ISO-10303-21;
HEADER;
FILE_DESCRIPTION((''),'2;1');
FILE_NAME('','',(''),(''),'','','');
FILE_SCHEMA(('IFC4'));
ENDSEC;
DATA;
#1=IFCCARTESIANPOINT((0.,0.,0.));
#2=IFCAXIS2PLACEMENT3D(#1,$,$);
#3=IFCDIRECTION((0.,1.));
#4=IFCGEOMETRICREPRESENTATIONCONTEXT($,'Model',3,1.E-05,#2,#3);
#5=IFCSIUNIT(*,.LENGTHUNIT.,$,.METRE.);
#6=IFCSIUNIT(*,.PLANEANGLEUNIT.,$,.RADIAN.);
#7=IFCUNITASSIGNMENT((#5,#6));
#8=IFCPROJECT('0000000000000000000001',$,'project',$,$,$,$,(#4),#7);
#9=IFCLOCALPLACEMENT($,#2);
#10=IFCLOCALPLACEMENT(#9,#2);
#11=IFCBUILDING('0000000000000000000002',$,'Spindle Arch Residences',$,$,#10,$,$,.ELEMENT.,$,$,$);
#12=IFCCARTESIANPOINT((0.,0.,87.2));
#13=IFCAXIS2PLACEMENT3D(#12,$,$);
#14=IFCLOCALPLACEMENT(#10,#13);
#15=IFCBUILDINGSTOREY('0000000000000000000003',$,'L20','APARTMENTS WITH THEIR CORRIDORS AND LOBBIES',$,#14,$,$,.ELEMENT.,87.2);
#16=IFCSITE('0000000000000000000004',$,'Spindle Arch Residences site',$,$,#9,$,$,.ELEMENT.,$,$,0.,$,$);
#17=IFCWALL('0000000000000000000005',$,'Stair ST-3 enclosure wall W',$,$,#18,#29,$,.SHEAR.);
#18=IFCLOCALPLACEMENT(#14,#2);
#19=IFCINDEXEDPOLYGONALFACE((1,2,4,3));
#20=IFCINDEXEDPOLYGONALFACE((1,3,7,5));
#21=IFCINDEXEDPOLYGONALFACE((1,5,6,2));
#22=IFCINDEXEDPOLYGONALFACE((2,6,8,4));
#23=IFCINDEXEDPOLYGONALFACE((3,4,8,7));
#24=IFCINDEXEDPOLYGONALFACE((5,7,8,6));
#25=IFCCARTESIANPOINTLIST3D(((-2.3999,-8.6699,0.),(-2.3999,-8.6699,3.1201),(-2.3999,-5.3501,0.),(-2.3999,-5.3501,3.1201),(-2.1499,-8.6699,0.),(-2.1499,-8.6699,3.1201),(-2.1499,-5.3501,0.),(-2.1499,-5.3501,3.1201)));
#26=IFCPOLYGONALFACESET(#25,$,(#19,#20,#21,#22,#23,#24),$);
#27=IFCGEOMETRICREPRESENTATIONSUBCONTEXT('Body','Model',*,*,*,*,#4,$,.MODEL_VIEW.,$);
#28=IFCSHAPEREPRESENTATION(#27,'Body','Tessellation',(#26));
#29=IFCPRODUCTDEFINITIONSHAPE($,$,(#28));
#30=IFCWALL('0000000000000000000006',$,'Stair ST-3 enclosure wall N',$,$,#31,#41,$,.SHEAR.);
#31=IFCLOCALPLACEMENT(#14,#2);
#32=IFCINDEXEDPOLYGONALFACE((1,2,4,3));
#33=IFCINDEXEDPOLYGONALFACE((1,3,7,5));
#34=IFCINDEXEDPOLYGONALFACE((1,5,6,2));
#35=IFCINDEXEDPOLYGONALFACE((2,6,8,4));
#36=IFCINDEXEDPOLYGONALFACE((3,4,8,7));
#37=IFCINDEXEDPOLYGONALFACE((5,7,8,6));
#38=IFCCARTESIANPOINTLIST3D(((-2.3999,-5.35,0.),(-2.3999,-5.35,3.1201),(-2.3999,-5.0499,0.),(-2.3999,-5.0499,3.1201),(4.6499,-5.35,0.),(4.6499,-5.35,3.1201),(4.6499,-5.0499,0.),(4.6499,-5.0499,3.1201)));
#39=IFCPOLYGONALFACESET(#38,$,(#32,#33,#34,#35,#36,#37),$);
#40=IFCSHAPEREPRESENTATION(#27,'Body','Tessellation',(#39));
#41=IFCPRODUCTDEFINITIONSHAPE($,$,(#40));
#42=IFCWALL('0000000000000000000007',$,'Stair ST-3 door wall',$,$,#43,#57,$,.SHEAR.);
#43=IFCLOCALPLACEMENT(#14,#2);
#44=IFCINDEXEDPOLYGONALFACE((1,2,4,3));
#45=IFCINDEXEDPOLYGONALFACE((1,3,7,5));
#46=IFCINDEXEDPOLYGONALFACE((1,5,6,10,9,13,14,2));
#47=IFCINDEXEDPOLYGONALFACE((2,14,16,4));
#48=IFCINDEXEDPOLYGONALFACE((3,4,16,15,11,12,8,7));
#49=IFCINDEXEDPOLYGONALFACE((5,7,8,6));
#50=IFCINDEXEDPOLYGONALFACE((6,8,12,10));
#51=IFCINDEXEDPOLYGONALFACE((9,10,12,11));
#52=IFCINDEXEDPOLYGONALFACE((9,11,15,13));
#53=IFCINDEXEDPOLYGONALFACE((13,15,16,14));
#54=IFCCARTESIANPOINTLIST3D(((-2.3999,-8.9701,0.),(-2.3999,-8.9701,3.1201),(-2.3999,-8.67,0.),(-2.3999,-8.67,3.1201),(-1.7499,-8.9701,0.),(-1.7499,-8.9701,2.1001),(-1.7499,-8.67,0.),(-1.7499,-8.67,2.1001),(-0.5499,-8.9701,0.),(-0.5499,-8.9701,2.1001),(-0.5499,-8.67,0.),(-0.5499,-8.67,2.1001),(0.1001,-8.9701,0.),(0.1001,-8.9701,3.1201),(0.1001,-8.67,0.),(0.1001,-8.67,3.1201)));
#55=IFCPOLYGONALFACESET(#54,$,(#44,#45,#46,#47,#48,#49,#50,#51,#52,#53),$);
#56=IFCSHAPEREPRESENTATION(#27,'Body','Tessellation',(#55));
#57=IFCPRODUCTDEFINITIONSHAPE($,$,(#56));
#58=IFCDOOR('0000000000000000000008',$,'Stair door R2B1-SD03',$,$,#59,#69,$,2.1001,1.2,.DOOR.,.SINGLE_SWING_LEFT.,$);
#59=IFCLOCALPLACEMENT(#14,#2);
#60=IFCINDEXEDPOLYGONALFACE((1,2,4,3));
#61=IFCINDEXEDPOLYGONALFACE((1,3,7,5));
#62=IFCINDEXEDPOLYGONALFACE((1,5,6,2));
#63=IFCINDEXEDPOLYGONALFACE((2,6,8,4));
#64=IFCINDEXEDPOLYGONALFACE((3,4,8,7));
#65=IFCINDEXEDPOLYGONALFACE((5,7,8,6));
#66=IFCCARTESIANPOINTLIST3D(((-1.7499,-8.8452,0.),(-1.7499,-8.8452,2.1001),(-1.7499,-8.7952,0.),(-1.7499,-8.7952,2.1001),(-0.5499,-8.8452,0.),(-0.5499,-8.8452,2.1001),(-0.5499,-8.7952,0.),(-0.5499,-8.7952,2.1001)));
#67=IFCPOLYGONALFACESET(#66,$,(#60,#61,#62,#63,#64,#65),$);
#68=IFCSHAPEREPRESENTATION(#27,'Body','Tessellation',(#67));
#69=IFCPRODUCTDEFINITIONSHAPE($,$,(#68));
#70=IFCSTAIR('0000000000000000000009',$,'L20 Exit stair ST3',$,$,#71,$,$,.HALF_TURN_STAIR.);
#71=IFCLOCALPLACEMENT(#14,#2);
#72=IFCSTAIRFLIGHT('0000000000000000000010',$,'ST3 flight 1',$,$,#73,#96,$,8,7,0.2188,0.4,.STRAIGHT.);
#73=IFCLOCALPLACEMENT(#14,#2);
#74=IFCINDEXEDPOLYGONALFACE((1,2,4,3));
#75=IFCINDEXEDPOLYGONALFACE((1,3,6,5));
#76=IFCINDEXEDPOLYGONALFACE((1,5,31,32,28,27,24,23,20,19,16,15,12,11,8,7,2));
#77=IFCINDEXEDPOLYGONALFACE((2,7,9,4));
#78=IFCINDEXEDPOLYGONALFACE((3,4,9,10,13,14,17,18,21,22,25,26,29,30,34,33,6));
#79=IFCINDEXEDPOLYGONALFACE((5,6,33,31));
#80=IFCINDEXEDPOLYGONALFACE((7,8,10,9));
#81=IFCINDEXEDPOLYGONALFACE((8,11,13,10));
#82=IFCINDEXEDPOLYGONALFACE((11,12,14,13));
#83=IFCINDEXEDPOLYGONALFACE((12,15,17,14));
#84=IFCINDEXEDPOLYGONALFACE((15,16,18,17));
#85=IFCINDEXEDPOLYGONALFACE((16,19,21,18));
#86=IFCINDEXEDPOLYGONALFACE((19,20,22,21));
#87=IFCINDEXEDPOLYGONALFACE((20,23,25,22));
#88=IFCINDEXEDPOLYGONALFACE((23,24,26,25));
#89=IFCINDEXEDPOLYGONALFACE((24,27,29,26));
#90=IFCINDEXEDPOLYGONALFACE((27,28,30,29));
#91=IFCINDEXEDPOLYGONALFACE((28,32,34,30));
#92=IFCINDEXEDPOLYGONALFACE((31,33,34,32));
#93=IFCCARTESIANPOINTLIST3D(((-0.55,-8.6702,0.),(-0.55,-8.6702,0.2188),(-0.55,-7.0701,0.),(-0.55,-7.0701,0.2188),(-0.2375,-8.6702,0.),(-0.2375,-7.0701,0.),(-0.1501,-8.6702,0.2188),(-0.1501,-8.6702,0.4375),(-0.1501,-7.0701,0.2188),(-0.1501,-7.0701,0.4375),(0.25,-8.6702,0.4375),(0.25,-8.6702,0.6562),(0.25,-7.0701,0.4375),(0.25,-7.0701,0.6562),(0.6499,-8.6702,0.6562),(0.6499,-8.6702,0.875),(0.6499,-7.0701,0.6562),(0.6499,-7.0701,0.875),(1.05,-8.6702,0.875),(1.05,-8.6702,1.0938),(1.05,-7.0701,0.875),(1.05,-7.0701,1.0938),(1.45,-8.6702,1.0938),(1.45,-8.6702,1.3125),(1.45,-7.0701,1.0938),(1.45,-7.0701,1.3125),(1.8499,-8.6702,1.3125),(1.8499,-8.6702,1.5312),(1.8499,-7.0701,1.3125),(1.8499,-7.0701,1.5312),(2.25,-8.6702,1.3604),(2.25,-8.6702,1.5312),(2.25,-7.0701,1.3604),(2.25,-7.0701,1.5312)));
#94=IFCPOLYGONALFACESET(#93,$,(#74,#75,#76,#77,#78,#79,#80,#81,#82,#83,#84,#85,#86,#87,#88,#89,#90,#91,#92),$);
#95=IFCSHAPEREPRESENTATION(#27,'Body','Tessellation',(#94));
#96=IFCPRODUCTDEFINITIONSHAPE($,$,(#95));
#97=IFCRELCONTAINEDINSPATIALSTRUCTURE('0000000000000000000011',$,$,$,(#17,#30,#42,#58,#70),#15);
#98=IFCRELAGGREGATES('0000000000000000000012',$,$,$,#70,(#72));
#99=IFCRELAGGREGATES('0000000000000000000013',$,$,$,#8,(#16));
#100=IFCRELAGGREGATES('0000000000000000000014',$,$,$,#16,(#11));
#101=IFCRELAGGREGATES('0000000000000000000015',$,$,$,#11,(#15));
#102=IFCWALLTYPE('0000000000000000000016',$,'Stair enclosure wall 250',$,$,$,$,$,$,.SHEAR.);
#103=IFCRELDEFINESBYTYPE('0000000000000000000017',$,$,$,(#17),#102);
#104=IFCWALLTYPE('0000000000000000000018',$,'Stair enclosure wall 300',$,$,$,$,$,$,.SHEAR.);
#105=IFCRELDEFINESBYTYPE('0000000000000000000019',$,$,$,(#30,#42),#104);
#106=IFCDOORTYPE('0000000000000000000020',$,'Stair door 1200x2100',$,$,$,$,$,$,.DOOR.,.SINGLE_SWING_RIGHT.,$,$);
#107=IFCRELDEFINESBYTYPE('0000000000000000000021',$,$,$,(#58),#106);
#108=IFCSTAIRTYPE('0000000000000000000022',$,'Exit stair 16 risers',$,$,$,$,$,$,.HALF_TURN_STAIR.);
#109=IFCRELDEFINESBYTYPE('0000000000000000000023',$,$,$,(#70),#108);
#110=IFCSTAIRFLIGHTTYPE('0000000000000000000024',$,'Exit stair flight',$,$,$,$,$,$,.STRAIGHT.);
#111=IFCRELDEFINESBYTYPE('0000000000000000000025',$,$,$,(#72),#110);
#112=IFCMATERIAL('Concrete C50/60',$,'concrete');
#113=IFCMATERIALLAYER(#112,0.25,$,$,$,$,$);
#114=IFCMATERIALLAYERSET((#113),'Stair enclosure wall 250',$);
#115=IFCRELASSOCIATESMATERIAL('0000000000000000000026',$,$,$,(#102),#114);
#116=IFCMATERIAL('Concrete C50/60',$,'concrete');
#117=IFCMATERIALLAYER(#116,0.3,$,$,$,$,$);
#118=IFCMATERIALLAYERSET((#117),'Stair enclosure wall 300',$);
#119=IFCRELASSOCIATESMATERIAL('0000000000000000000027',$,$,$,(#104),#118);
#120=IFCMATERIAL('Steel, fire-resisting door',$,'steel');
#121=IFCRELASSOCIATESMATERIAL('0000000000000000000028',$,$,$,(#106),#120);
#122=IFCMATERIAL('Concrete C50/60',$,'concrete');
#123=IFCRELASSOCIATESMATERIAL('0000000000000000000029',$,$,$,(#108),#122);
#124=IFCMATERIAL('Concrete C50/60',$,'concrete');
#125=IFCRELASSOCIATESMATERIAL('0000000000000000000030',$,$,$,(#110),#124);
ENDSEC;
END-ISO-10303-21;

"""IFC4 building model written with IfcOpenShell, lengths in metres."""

from ifc_helpers import new_model, si_unit, direction, frame, frame_2d, origin, place, context, subcontext, project, spatial, polyline, rectangle, outline, extrude, material, layer, layer_set, type_object, element, fill, aggregate, save


model = new_model("IFC4")

# Units and contexts
model_context = context("Model", 3, precision=1e-05, world=origin(), true_north=direction((0.0, 1.0)))
body_context = subcontext(model_context, "Body", "Model", "MODEL_VIEW")
ifc_project = project(units=[si_unit("LENGTHUNIT", "METRE"), si_unit("PLANEANGLEUNIT", "RADIAN")], contexts=[model_context])

# Site, building, storey
site_placement = place(None, origin())
site = spatial("IfcSite", under=ifc_project, at=site_placement, Name="Spindle Arch Residences site", CompositionType="ELEMENT", RefElevation=0.0)
building_placement = place(site_placement, origin())
building = spatial("IfcBuilding", under=site, at=building_placement, Name="Spindle Arch Residences", CompositionType="ELEMENT")
storey_placement = place(building_placement, frame((0.0, 0.0, 87.2)))
storey = spatial("IfcBuildingStorey", under=building, at=storey_placement, Name="L20", Description="APARTMENTS WITH THEIR CORRIDORS AND LOBBIES", CompositionType="ELEMENT", Elevation=87.2)

# Walls
ifc_material_1 = material(Name="Concrete C50/60", Category="concrete")
ifc_layer_1 = layer(ifc_material_1, 0.25)
ifc_layer_set_1 = layer_set([ifc_layer_1], Name="Stair enclosure wall 250")
wall_type_1 = type_object("IfcWallType", Name="Stair enclosure wall 250", PredefinedType="SHEAR", material=ifc_layer_set_1)
wall_1_placement = place(storey_placement, frame((-2.2749, -8.6699, 0.0), z_axis=(0.0, 0.0, 1.0), x_axis=(0.0, 1.0, 0.0)))
element("IfcWall", 1, at=wall_1_placement, inside=storey, type_object=wall_type_1, Name="Stair ST-3 enclosure wall W", PredefinedType="SHEAR", context=body_context, shape_type="SweptSolid", body=[
    extrude(rectangle(XDim=3.3198, YDim=0.25, at=frame_2d((1.6599, 0.0))), origin(), (0.0, 0.0, 1.0), 3.1201),
])
ifc_material_2 = material(Name="Concrete C50/60", Category="concrete")
ifc_layer_2 = layer(ifc_material_2, 0.3)
ifc_layer_set_2 = layer_set([ifc_layer_2], Name="Stair enclosure wall 300")
wall_type_2 = type_object("IfcWallType", Name="Stair enclosure wall 300", PredefinedType="SHEAR", material=ifc_layer_set_2)
wall_2_placement = place(storey_placement, frame((-2.3999, -5.2, 0.0), z_axis=(0.0, 0.0, 1.0), x_axis=(1.0, 0.0, 0.0)))
element("IfcWall", 2, at=wall_2_placement, inside=storey, type_object=wall_type_2, Name="Stair ST-3 enclosure wall N", PredefinedType="SHEAR", context=body_context, shape_type="SweptSolid", body=[
    extrude(rectangle(XDim=7.0498, YDim=0.3, at=frame_2d((3.5249, 0.0))), origin(), (0.0, 0.0, 1.0), 3.1201),
])

# Wall, opening, door
wall_3_placement = place(storey_placement, frame((-2.3999, -8.8201, 0.0), z_axis=(0.0, 0.0, 1.0), x_axis=(1.0, 0.0, 0.0)))
wall_3 = element("IfcWall", 3, at=wall_3_placement, inside=storey, type_object=wall_type_2, Name="Stair ST-3 door wall", PredefinedType="SHEAR", context=body_context, shape_type="SweptSolid", body=[
    extrude(rectangle(XDim=2.5, YDim=0.3, at=frame_2d((1.25, 0.0))), origin(), (0.0, 0.0, 1.0), 3.1201),
])
opening_1_placement = place(wall_3_placement, frame((0.6499, 0.0, 0.0)))
opening_1 = element("IfcOpeningElement", 4, at=opening_1_placement, cuts=wall_3, PredefinedType="OPENING", context=body_context, shape_type="SweptSolid", body=[
    extrude(rectangle(XDim=1.2, YDim=2.1001, at=frame_2d((0.6001, 1.05))), frame((0.0, 0.1602, 0.0), z_axis=(0.0, -1.0, 0.0), x_axis=(1.0, 0.0, 0.0)), (0.0, 0.0, 1.0), 0.3201),
])
ifc_material_3 = material(Name="Steel, fire-resisting door", Category="steel")
door_type_1 = type_object("IfcDoorType", Name="Stair door 1200x2100", OperationType="SINGLE_SWING_RIGHT", PredefinedType="DOOR", material=ifc_material_3)
door_1_placement = place(opening_1_placement, origin())
door_1 = element("IfcDoor", 5, at=door_1_placement, inside=storey, type_object=door_type_1, Name="Stair door R2B1-SD03", OperationType="SINGLE_SWING_LEFT", OverallHeight=2.1001, OverallWidth=1.2, PredefinedType="DOOR", context=body_context, shape_type="SweptSolid", body=[
    extrude(rectangle(XDim=1.2, YDim=2.1001, at=frame_2d((0.6001, 1.05))), frame((0.0, 0.0249, 0.0), z_axis=(0.0, -1.0, 0.0), x_axis=(1.0, 0.0, 0.0)), (0.0, 0.0, 1.0), 0.05),
])
fill(opening_1, door_1)

# Stair, stair flight
ifc_material_4 = material(Name="Concrete C50/60", Category="concrete")
stair_type = type_object("IfcStairType", Name="Exit stair 16 risers", PredefinedType="HALF_TURN_STAIR", material=ifc_material_4)
stair_placement = place(storey_placement, origin())
stair = element("IfcStair", 6, at=stair_placement, inside=storey, type_object=stair_type, Name="L20 Exit stair ST3", PredefinedType="HALF_TURN_STAIR")
ifc_material_5 = material(Name="Concrete C50/60", Category="concrete")
stair_flight_type = type_object("IfcStairFlightType", Name="Exit stair flight", PredefinedType="STRAIGHT", material=ifc_material_5)
stair_flight_placement = place(storey_placement, frame((-0.55, -7.8701, 0.0), z_axis=(0.0, 0.0, 1.0), x_axis=(1.0, 0.0, 0.0)))
stair_flight = element("IfcStairFlight", 7, at=stair_flight_placement, type_object=stair_flight_type, Name="ST3 flight 1", NumberOfRisers=8, NumberOfTreads=7, PredefinedType="STRAIGHT", RiserHeight=0.2188, TreadLength=0.4, context=body_context, shape_type="SweptSolid", body=[
    extrude(outline(polyline([(0.0, 0.0), (0.0, 0.2188), (0.3999, 0.2188), (0.3999, 0.4375), (0.8, 0.4375), (0.8, 0.6562), (1.2, 0.6562), (1.2, 0.875), (1.6001, 0.875), (1.6001, 1.0938), (2.0, 1.0938), (2.0, 1.3125), (2.3999, 1.3125), (2.3999, 1.5312), (2.8, 1.5312), (2.8, 1.75), (2.8, 1.3604), (0.3125, 0.0), (0.0, 0.0)])), frame((0.0, 0.8, 0.0), z_axis=(0.0, -1.0, 0.0), x_axis=(1.0, 0.0, 0.0)), (0.0, 0.0, 1.0), 1.6001),
])
aggregate(stair, [stair_flight])

save(model, "model.ifc")
